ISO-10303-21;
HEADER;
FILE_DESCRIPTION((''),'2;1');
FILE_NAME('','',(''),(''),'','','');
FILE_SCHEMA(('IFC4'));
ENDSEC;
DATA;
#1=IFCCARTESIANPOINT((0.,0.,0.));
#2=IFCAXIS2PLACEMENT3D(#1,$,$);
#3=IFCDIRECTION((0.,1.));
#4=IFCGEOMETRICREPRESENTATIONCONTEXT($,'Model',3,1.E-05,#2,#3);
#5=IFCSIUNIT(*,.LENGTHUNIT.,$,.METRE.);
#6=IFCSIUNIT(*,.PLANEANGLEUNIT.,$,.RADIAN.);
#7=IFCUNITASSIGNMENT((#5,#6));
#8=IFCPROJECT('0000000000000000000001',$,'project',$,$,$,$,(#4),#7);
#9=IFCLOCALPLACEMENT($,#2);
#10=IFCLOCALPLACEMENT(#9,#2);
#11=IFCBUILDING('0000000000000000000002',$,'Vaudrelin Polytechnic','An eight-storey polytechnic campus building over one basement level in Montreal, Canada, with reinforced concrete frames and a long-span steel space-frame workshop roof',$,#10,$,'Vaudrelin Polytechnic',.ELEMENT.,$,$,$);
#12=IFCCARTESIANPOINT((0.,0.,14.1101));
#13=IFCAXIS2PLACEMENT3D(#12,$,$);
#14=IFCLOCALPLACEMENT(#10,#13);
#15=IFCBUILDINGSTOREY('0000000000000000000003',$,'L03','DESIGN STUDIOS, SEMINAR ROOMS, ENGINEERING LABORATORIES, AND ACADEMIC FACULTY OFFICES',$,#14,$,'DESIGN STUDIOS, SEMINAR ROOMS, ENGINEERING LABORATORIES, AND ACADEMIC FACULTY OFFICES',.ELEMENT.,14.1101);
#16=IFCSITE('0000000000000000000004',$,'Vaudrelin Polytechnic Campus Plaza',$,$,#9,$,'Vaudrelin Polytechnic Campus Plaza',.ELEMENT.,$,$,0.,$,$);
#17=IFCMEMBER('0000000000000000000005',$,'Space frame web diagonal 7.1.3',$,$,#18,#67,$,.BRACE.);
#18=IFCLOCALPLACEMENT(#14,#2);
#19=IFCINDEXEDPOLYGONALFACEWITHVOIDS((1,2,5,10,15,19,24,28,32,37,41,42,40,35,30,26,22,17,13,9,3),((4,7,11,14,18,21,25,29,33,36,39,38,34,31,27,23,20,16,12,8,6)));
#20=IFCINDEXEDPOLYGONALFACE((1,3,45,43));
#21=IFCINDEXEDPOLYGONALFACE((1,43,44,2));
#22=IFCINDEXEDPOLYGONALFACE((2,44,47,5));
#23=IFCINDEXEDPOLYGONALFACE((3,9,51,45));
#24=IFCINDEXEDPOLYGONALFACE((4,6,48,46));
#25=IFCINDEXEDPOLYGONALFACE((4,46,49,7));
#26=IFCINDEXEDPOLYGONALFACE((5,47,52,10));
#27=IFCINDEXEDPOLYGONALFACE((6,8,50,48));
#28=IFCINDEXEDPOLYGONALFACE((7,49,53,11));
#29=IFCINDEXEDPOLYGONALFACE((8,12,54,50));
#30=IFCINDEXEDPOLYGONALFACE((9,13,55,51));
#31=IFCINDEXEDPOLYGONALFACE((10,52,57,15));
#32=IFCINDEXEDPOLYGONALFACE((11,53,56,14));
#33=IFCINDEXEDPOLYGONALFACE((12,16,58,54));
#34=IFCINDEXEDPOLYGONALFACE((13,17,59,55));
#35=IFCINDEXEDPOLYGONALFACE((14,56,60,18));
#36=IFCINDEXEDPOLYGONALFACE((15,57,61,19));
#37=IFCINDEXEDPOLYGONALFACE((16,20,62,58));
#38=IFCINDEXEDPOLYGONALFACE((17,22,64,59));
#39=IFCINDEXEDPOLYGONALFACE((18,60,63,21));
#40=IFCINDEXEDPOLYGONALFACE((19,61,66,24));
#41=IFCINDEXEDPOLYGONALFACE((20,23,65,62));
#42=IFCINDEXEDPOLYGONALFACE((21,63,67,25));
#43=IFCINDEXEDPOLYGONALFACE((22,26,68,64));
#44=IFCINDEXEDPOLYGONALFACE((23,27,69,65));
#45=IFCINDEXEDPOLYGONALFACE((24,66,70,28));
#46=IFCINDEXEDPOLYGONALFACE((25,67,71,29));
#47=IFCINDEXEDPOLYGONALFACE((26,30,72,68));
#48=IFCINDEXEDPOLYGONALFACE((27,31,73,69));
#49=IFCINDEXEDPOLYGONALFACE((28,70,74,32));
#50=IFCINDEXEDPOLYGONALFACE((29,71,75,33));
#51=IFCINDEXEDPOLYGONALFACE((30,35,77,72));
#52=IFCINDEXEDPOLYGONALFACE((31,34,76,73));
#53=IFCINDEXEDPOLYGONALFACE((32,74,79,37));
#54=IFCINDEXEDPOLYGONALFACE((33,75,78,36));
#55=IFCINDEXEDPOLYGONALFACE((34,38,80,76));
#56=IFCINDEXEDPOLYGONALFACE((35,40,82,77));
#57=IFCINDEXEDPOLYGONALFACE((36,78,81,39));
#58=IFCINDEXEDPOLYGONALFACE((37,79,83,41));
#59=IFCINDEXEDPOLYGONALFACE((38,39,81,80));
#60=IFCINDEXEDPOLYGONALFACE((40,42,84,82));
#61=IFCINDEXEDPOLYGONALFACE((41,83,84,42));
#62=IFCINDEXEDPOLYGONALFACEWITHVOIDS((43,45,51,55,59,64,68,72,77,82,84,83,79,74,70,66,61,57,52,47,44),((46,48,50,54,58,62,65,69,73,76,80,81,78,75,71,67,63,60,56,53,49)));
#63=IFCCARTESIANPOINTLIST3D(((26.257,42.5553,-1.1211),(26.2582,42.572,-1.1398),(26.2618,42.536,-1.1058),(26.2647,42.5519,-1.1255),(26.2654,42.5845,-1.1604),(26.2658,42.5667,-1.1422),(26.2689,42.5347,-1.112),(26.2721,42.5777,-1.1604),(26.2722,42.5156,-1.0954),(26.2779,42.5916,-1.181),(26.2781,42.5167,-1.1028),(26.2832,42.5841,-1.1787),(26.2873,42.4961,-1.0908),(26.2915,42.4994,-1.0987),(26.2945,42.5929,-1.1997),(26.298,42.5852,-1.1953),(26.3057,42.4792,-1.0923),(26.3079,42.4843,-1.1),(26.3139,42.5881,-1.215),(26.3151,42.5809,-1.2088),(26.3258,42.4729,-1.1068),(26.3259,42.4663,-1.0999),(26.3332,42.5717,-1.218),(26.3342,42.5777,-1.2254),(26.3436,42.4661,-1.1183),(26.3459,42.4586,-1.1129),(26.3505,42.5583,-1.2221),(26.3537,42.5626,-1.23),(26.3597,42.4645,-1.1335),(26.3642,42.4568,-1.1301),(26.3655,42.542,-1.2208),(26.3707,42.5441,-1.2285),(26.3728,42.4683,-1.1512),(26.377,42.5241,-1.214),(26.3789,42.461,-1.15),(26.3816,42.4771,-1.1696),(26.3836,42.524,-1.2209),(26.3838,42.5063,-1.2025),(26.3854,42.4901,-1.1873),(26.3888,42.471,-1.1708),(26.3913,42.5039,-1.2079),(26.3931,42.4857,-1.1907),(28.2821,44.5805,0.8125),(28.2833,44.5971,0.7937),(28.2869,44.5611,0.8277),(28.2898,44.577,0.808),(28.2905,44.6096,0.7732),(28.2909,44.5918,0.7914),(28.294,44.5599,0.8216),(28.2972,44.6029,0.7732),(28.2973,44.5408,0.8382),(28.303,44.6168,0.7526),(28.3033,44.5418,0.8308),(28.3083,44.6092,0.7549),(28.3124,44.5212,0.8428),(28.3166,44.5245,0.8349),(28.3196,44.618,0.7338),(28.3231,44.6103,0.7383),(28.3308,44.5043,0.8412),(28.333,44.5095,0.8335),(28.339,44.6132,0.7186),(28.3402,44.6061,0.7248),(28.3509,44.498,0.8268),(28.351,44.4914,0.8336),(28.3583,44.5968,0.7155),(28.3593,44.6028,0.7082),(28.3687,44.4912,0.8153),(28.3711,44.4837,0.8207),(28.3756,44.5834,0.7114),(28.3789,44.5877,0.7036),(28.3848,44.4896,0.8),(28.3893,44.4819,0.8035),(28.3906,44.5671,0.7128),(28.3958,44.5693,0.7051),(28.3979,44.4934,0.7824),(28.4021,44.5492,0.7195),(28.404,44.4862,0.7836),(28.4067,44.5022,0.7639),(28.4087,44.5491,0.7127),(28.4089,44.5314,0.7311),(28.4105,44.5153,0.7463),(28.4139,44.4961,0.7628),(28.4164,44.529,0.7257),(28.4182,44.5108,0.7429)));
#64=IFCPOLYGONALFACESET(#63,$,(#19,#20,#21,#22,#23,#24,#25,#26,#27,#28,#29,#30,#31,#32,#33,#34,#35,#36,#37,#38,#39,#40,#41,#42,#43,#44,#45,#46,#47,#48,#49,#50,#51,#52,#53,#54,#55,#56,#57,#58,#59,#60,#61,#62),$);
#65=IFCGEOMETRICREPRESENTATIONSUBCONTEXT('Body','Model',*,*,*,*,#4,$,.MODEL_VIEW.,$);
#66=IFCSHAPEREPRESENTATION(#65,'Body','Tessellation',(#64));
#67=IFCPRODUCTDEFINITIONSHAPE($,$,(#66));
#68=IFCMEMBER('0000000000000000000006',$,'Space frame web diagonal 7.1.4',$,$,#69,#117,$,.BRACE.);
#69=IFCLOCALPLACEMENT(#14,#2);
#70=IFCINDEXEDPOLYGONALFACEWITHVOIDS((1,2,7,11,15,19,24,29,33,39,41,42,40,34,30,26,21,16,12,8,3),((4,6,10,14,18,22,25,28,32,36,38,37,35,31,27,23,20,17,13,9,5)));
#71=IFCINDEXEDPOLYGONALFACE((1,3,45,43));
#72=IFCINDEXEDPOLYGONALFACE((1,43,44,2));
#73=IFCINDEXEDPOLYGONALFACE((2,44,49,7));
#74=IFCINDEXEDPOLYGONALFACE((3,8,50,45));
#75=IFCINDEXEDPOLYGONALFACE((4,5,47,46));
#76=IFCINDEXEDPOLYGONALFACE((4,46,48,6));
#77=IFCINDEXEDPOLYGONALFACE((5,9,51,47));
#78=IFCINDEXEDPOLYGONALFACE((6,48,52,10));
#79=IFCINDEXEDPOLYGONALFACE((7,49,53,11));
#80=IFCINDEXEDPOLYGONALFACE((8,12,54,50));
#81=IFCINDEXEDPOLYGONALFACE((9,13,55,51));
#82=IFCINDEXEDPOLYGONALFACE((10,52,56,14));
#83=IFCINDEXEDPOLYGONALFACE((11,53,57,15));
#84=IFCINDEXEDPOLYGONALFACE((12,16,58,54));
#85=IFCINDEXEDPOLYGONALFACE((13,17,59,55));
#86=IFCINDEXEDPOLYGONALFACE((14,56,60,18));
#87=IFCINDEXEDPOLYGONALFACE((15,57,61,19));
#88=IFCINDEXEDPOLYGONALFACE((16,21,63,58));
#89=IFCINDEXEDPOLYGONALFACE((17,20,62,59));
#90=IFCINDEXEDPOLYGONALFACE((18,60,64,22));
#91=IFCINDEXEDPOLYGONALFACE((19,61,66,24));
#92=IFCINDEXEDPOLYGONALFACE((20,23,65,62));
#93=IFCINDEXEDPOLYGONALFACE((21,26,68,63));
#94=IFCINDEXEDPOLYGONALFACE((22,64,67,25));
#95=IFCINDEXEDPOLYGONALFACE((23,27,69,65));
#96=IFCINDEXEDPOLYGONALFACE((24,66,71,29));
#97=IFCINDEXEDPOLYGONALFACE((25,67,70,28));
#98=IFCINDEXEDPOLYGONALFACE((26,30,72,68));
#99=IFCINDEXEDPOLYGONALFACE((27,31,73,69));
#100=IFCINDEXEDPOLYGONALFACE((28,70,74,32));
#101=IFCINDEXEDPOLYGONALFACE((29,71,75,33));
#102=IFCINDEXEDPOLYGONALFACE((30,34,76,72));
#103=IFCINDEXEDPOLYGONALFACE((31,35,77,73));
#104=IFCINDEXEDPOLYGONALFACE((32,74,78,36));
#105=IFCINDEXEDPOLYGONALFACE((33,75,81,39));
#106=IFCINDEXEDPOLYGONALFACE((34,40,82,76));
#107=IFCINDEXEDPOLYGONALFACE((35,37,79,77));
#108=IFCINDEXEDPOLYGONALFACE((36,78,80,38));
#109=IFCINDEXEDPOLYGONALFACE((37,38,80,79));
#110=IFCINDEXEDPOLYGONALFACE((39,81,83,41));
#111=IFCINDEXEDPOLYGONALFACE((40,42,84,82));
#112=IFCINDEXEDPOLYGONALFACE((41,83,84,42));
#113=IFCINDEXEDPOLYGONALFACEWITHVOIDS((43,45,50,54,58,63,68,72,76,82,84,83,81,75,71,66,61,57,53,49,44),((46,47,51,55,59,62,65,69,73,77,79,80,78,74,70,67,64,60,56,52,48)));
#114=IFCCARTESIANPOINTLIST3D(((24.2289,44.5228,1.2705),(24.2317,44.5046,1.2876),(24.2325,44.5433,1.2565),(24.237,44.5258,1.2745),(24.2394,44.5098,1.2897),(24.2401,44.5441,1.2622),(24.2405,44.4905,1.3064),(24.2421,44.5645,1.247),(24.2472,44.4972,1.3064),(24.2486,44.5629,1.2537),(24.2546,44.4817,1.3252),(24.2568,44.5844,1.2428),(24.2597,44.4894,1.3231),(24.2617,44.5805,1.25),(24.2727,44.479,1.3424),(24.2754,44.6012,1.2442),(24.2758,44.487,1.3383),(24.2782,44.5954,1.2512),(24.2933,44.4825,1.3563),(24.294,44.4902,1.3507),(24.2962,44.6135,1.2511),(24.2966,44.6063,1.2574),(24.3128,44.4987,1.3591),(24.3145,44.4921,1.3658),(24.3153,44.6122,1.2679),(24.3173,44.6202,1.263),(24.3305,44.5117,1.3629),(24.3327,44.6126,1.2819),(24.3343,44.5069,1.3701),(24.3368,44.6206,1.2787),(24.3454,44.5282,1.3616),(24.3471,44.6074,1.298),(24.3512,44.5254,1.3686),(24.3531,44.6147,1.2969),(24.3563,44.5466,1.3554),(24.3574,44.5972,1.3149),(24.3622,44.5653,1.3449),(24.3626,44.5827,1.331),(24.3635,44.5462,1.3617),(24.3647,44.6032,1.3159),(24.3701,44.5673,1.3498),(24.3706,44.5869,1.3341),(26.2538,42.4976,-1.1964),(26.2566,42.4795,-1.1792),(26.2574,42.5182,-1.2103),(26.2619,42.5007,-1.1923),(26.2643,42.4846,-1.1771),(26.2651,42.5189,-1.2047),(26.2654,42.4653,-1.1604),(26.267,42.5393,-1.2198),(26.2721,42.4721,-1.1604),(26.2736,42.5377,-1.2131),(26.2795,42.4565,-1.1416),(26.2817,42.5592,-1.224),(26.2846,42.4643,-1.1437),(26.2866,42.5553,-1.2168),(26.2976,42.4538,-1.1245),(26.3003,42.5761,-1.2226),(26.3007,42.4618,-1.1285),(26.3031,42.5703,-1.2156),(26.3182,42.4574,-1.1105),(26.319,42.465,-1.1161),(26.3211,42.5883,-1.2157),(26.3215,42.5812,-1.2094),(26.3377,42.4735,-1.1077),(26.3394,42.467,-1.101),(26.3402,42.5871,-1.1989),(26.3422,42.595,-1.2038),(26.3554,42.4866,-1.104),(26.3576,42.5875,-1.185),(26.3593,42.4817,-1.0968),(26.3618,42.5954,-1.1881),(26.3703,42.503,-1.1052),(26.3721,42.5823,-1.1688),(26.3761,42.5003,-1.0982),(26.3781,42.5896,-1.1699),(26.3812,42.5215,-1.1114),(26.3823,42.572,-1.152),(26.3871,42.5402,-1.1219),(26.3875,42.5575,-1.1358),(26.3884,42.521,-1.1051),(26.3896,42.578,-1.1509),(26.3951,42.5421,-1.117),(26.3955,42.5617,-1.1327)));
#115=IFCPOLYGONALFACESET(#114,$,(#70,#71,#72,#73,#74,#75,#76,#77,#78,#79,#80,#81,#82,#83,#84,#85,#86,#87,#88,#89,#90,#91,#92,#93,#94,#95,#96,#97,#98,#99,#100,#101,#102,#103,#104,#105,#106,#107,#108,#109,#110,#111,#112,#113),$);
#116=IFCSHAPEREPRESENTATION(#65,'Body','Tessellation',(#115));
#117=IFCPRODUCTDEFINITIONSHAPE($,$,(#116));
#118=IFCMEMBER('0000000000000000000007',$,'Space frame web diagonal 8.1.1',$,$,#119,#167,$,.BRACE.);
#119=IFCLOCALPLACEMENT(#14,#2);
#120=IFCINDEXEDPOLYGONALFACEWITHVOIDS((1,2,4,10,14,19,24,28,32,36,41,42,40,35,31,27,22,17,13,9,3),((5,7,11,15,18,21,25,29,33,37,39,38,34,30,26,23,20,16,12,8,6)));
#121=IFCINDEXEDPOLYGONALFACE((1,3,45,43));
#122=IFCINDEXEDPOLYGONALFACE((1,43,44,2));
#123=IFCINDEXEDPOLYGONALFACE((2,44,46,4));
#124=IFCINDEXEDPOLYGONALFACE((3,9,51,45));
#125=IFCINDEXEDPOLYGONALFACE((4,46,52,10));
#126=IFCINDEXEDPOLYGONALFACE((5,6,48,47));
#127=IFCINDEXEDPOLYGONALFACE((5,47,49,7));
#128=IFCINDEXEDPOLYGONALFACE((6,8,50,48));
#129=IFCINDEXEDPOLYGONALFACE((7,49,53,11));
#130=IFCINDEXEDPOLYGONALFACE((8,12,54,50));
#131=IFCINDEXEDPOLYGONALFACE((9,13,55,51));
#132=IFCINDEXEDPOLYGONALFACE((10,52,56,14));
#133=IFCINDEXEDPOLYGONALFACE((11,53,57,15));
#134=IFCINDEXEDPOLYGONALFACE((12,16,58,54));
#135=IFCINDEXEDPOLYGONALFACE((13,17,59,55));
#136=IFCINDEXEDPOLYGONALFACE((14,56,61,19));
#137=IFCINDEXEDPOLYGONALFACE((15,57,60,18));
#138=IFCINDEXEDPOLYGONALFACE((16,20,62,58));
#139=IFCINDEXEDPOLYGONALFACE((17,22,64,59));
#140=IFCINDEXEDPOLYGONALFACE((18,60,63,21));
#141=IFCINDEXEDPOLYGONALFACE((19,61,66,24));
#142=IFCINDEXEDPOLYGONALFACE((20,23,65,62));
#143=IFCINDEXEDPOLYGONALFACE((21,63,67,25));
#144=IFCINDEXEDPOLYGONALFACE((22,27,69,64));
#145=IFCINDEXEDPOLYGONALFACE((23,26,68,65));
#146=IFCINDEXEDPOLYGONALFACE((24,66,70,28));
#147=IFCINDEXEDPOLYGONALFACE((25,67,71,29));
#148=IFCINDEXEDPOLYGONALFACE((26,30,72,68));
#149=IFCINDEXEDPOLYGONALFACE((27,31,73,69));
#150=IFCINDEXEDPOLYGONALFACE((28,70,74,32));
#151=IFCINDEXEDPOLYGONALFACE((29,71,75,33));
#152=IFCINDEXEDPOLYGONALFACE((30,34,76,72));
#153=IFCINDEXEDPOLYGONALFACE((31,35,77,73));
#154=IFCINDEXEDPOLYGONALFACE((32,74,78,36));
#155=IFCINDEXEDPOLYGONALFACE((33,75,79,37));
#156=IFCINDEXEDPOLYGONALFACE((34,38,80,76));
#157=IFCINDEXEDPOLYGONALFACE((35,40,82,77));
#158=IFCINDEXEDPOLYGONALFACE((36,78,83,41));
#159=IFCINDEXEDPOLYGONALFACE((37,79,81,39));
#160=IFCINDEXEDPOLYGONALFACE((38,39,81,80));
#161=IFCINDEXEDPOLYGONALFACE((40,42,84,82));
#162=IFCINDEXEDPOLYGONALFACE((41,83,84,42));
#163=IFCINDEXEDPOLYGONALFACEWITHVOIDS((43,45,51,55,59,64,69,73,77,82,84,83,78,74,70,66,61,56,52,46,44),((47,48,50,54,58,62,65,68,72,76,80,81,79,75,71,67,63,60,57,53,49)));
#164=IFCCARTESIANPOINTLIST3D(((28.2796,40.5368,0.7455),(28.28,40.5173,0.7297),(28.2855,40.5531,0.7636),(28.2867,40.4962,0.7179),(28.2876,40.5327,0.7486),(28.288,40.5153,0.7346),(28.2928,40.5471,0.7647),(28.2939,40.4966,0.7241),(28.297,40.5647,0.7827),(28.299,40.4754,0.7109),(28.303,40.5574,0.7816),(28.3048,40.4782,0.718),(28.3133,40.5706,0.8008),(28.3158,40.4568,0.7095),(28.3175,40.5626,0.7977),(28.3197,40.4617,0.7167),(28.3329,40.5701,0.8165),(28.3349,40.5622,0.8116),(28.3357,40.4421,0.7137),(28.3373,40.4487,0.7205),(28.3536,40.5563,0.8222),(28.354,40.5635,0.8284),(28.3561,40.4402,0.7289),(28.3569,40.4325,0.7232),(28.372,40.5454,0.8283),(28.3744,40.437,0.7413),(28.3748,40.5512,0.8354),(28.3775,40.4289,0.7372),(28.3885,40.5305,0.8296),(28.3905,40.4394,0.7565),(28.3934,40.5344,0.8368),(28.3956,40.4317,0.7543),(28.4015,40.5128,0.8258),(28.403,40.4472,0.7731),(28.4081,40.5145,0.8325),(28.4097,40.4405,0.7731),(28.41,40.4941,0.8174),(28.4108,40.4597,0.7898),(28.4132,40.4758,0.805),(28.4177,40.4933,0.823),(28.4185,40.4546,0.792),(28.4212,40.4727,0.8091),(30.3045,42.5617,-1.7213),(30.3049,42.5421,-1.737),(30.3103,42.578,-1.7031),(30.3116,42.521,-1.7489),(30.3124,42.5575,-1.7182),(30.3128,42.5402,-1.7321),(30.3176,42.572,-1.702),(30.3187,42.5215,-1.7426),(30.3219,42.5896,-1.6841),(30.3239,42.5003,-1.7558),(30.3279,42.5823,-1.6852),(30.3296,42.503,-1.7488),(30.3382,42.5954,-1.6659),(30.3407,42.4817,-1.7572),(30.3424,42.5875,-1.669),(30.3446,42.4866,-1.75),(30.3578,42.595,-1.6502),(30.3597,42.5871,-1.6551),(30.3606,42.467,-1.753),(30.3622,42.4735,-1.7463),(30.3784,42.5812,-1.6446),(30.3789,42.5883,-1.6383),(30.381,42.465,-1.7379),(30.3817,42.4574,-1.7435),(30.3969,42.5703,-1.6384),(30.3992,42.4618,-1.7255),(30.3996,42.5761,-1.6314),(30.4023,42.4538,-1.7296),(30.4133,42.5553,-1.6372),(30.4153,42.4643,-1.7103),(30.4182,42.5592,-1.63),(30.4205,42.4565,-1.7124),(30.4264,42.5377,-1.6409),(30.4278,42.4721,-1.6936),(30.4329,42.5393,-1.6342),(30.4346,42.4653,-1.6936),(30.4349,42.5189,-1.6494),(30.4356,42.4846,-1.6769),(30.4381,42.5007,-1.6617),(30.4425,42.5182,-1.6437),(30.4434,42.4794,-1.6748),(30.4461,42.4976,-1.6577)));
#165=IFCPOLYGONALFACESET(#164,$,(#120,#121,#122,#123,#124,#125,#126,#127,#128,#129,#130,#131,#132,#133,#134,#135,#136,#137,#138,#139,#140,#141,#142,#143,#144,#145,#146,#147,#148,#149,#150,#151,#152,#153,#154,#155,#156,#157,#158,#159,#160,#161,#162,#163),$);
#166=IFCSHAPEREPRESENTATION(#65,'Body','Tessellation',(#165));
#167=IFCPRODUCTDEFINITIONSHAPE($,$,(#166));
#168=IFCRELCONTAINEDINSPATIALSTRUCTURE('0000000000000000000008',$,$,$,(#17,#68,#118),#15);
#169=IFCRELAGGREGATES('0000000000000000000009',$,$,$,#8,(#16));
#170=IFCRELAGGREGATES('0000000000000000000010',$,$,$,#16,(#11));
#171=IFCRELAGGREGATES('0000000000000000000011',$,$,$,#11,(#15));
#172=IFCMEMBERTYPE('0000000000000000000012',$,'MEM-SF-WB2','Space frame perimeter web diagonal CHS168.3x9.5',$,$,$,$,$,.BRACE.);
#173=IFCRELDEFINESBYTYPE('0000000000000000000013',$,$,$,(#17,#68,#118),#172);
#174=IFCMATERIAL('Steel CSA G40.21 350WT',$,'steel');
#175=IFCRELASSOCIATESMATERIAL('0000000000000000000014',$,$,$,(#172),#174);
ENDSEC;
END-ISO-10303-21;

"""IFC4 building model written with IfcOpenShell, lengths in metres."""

from ifc_helpers import new_model, si_unit, direction, frame, origin, origin_2d, place, context, subcontext, project, spatial, hollow_circle, extrude, material, material_profile, profile_set, type_object, element, save


model = new_model("IFC4")

# Units and contexts
model_context = context("Model", 3, precision=1e-05, world=origin(), true_north=direction((0.0, 1.0)))
body_context = subcontext(model_context, "Body", "Model", "MODEL_VIEW")
ifc_project = project(units=[si_unit("LENGTHUNIT", "METRE"), si_unit("PLANEANGLEUNIT", "RADIAN")], contexts=[model_context])

# Site, building, storey
site_placement = place(None, origin())
site = spatial("IfcSite", under=ifc_project, at=site_placement, Name="Vaudrelin Polytechnic Campus Plaza", LongName="Vaudrelin Polytechnic Campus Plaza", CompositionType="ELEMENT", RefElevation=0.0)
building_placement = place(site_placement, origin())
building = spatial("IfcBuilding", under=site, at=building_placement, Name="Vaudrelin Polytechnic", Description="An eight-storey polytechnic campus building over one basement level in Montreal, Canada, with reinforced concrete frames and a long-span steel space-frame workshop roof", LongName="Vaudrelin Polytechnic", CompositionType="ELEMENT")
storey_placement = place(building_placement, frame((0.0, 0.0, 14.1101)))
storey = spatial("IfcBuildingStorey", under=building, at=storey_placement, Name="L03", Description="DESIGN STUDIOS, SEMINAR ROOMS, ENGINEERING LABORATORIES, AND ACADEMIC FACULTY OFFICES", LongName="DESIGN STUDIOS, SEMINAR ROOMS, ENGINEERING LABORATORIES, AND ACADEMIC FACULTY OFFICES", CompositionType="ELEMENT", Elevation=14.1101)

# Members
ifc_material = material(Name="Steel CSA G40.21 350WT", Category="steel")
ifc_material_profile_1 = material_profile(ifc_material, hollow_circle(Radius=0.0842, WallThickness=0.0095, at=origin_2d()), Name="CHS168.3x9.5")
ifc_profile_set_1 = profile_set([ifc_material_profile_1], Name="Steel CSA G40.21 350WT")
member_type_1 = type_object("IfcMemberType", Name="MEM-SF-WB2", Description="Space frame perimeter web diagonal CHS168.3x9.5", PredefinedType="BRACE", material=ifc_profile_set_1)
for number, where, z_axis, x_axis, name in (
    (1, (26.325, 42.5249, -1.1604), (0.586046, 0.586046, 0.559553), (-0.707107, 0.707107, 0.0), "Space frame web diagonal 7.1.3"),
):
    element("IfcMember", number, at=place(storey_placement, frame(where, z_axis=z_axis, x_axis=x_axis)), inside=storey, type_object=member_type_1, Name=name, PredefinedType="BRACE", context=body_context, shape_type="SweptSolid", body=[
        extrude(hollow_circle(Radius=0.0842, WallThickness=0.0095, at=origin_2d()), origin(), (0.0, 0.0, 1.0), 3.4556),
    ])
member_1_placement = place(storey_placement, frame((26.325, 42.5249, -1.1604), z_axis=(-0.535723, 0.535788, 0.652634), x_axis=(-0.707149, -0.707064, 0.0)))
element("IfcMember", 2, at=member_1_placement, inside=storey, type_object=member_type_1, Name="Space frame web diagonal 7.1.4", PredefinedType="BRACE", context=body_context, shape_type="SweptSolid", body=[
    extrude(hollow_circle(Radius=0.0842, WallThickness=0.0095, at=origin_2d()), origin(), (0.0, 0.0, 1.0), 3.7798),
])
member_2_placement = place(storey_placement, frame((30.375, 42.5249, -1.6936), z_axis=(-0.535742, -0.535742, 0.652657), x_axis=(0.707107, -0.707107, 0.0)))
element("IfcMember", 3, at=member_2_placement, inside=storey, type_object=member_type_1, Name="Space frame web diagonal 8.1.1", PredefinedType="BRACE", context=body_context, shape_type="SweptSolid", body=[
    extrude(hollow_circle(Radius=0.0842, WallThickness=0.0095, at=origin_2d()), origin(), (0.0, 0.0, 1.0), 3.7795),
])

save(model, "model.ifc")
